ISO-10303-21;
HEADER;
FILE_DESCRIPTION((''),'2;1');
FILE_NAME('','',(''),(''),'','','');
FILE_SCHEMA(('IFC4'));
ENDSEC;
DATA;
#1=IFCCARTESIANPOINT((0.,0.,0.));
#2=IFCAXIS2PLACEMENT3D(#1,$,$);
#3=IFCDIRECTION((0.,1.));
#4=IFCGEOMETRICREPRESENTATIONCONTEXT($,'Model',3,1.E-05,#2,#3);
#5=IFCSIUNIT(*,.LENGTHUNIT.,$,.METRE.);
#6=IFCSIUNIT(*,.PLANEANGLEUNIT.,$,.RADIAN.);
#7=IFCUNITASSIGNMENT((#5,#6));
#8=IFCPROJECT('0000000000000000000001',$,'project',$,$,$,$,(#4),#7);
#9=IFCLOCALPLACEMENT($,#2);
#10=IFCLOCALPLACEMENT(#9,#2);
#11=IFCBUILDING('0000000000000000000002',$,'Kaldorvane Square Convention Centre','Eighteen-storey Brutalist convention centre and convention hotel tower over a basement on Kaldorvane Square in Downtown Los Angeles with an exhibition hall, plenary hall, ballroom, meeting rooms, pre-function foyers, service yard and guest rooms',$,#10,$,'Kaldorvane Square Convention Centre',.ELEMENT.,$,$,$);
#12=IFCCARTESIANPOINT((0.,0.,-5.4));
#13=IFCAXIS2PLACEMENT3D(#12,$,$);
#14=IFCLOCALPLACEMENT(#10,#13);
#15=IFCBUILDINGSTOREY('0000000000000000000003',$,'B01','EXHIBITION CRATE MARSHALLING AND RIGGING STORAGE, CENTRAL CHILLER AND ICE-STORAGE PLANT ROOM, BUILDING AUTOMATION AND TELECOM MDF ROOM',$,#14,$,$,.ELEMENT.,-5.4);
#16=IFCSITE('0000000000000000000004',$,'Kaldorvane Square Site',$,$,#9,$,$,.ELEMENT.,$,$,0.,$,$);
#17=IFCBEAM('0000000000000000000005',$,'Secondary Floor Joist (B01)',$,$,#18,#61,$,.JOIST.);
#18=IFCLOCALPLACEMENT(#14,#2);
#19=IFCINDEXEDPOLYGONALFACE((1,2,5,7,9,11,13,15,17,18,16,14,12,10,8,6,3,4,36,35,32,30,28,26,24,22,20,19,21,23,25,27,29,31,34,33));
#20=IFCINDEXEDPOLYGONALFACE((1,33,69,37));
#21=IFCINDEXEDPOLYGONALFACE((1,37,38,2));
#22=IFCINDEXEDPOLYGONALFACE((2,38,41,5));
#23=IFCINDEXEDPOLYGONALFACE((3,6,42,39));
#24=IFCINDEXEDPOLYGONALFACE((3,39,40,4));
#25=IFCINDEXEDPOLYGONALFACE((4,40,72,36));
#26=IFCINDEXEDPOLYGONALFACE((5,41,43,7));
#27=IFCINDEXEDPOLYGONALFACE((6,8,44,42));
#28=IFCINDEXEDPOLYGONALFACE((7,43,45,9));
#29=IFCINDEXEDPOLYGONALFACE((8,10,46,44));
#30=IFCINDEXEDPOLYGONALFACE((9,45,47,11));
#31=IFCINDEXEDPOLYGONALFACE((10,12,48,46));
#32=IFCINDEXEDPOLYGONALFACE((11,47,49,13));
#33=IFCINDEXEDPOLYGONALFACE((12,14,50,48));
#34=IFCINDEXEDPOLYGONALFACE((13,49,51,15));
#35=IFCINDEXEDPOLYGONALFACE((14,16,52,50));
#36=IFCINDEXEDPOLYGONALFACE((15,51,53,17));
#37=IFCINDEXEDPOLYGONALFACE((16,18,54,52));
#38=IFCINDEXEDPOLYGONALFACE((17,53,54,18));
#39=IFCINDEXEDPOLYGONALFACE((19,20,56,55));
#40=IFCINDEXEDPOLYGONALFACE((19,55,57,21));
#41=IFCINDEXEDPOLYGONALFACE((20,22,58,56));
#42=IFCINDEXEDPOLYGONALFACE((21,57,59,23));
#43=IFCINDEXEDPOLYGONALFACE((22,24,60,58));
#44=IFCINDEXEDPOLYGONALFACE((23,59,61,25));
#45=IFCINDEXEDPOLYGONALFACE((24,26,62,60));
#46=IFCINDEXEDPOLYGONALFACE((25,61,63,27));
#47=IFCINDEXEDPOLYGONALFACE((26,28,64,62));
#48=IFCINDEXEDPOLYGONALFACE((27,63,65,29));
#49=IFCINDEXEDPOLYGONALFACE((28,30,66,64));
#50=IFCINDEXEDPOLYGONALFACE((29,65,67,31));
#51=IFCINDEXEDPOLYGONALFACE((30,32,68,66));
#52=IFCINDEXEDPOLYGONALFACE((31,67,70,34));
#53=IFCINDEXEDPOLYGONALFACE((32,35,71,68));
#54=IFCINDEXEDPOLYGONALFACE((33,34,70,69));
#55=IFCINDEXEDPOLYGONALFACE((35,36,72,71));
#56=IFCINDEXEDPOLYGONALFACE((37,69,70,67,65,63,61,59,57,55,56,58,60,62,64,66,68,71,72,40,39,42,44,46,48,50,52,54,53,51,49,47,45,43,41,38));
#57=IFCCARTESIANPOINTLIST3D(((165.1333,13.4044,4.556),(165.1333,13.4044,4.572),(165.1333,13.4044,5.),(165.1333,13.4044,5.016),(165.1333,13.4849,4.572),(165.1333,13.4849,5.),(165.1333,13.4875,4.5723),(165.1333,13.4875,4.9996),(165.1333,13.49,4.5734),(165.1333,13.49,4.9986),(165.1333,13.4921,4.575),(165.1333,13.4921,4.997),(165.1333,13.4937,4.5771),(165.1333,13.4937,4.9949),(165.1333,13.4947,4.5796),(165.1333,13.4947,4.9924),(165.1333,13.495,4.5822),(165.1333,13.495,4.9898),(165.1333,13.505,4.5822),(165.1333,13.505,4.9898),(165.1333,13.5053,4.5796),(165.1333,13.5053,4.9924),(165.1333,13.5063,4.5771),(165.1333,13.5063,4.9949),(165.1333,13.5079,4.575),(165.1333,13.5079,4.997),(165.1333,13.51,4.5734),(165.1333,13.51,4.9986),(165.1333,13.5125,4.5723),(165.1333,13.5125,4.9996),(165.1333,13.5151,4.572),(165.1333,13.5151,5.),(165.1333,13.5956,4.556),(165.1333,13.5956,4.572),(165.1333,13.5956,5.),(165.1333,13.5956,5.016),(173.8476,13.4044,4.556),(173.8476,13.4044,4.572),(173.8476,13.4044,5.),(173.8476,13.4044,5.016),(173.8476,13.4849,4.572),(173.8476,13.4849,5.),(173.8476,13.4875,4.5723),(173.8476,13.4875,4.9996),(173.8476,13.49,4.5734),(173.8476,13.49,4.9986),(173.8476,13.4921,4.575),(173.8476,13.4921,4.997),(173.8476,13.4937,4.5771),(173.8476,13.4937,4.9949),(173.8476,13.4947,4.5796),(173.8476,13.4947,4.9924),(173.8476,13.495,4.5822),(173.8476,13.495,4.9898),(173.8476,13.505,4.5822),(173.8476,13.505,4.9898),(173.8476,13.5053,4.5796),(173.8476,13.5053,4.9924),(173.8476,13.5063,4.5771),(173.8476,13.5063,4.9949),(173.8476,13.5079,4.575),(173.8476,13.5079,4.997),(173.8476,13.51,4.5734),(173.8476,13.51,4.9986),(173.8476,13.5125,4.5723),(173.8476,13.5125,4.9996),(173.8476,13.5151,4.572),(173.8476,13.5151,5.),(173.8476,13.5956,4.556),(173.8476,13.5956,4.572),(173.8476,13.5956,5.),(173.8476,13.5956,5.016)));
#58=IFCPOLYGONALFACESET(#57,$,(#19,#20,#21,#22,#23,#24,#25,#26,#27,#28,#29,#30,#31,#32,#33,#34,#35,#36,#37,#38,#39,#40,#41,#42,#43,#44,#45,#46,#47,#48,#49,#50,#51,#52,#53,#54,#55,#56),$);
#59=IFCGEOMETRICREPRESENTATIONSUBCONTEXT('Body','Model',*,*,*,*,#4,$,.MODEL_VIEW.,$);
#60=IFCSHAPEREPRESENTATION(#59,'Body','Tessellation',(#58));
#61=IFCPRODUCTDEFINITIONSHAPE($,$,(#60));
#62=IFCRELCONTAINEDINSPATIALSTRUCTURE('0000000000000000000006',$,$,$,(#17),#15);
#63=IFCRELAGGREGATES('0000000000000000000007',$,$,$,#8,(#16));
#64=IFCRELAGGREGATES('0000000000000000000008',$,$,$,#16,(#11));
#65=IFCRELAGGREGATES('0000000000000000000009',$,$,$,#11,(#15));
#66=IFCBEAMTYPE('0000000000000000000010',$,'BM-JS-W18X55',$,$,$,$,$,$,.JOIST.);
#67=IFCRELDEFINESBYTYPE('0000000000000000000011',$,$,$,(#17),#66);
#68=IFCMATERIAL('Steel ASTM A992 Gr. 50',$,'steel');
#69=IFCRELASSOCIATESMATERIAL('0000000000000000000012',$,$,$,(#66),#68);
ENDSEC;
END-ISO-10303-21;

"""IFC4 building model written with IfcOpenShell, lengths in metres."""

from ifc_helpers import new_model, si_unit, direction, frame, origin, origin_2d, place, context, subcontext, project, spatial, i_section, extrude, material, material_profile, profile_set, type_object, element, save


model = new_model("IFC4")

# Units and contexts
model_context = context("Model", 3, precision=1e-05, world=origin(), true_north=direction((0.0, 1.0)))
body_context = subcontext(model_context, "Body", "Model", "MODEL_VIEW")
ifc_project = project(units=[si_unit("LENGTHUNIT", "METRE"), si_unit("PLANEANGLEUNIT", "RADIAN")], contexts=[model_context])

# Site, building, storey
site_placement = place(None, origin())
site = spatial("IfcSite", under=ifc_project, at=site_placement, Name="Kaldorvane Square Site", CompositionType="ELEMENT", RefElevation=0.0)
building_placement = place(site_placement, origin())
building = spatial("IfcBuilding", under=site, at=building_placement, Name="Kaldorvane Square Convention Centre", Description="Eighteen-storey Brutalist convention centre and convention hotel tower over a basement on Kaldorvane Square in Downtown Los Angeles with an exhibition hall, plenary hall, ballroom, meeting rooms, pre-function foyers, service yard and guest rooms", LongName="Kaldorvane Square Convention Centre", CompositionType="ELEMENT")
storey_placement = place(building_placement, frame((0.0, 0.0, -5.4)))
storey = spatial("IfcBuildingStorey", under=building, at=storey_placement, Name="B01", Description="EXHIBITION CRATE MARSHALLING AND RIGGING STORAGE, CENTRAL CHILLER AND ICE-STORAGE PLANT ROOM, BUILDING AUTOMATION AND TELECOM MDF ROOM", CompositionType="ELEMENT", Elevation=-5.4)

# Shared definitions
ifc_material_1 = material(Name="Steel ASTM A992 Gr. 50", Category="steel")

# Beam
ifc_material_profile_1 = material_profile(ifc_material_1, i_section(OverallWidth=0.1913, OverallDepth=0.46, WebThickness=0.0099, FlangeThickness=0.016, FilletRadius=0.0102, at=origin_2d()), Name="W18X55")
ifc_profile_set_1 = profile_set([ifc_material_profile_1], Name="Steel ASTM A992 Gr. 50")
beam_type_1 = type_object("IfcBeamType", Name="BM-JS-W18X55", PredefinedType="JOIST", material=ifc_profile_set_1)
beam_1_placement = place(storey_placement, frame((165.1333, 13.5, 4.786), z_axis=(1.0, 0.0, 0.0), x_axis=(0.0, 1.0, 0.0)))
element("IfcBeam", 1, at=beam_1_placement, inside=storey, type_object=beam_type_1, Name="Secondary Floor Joist (B01)", PredefinedType="JOIST", context=body_context, shape_type="SweptSolid", body=[
    extrude(i_section(OverallWidth=0.1913, OverallDepth=0.46, WebThickness=0.0099, FlangeThickness=0.016, FilletRadius=0.0102, at=origin_2d()), origin(), (0.0, 0.0, 1.0), 8.7143),
])

save(model, "model.ifc")
